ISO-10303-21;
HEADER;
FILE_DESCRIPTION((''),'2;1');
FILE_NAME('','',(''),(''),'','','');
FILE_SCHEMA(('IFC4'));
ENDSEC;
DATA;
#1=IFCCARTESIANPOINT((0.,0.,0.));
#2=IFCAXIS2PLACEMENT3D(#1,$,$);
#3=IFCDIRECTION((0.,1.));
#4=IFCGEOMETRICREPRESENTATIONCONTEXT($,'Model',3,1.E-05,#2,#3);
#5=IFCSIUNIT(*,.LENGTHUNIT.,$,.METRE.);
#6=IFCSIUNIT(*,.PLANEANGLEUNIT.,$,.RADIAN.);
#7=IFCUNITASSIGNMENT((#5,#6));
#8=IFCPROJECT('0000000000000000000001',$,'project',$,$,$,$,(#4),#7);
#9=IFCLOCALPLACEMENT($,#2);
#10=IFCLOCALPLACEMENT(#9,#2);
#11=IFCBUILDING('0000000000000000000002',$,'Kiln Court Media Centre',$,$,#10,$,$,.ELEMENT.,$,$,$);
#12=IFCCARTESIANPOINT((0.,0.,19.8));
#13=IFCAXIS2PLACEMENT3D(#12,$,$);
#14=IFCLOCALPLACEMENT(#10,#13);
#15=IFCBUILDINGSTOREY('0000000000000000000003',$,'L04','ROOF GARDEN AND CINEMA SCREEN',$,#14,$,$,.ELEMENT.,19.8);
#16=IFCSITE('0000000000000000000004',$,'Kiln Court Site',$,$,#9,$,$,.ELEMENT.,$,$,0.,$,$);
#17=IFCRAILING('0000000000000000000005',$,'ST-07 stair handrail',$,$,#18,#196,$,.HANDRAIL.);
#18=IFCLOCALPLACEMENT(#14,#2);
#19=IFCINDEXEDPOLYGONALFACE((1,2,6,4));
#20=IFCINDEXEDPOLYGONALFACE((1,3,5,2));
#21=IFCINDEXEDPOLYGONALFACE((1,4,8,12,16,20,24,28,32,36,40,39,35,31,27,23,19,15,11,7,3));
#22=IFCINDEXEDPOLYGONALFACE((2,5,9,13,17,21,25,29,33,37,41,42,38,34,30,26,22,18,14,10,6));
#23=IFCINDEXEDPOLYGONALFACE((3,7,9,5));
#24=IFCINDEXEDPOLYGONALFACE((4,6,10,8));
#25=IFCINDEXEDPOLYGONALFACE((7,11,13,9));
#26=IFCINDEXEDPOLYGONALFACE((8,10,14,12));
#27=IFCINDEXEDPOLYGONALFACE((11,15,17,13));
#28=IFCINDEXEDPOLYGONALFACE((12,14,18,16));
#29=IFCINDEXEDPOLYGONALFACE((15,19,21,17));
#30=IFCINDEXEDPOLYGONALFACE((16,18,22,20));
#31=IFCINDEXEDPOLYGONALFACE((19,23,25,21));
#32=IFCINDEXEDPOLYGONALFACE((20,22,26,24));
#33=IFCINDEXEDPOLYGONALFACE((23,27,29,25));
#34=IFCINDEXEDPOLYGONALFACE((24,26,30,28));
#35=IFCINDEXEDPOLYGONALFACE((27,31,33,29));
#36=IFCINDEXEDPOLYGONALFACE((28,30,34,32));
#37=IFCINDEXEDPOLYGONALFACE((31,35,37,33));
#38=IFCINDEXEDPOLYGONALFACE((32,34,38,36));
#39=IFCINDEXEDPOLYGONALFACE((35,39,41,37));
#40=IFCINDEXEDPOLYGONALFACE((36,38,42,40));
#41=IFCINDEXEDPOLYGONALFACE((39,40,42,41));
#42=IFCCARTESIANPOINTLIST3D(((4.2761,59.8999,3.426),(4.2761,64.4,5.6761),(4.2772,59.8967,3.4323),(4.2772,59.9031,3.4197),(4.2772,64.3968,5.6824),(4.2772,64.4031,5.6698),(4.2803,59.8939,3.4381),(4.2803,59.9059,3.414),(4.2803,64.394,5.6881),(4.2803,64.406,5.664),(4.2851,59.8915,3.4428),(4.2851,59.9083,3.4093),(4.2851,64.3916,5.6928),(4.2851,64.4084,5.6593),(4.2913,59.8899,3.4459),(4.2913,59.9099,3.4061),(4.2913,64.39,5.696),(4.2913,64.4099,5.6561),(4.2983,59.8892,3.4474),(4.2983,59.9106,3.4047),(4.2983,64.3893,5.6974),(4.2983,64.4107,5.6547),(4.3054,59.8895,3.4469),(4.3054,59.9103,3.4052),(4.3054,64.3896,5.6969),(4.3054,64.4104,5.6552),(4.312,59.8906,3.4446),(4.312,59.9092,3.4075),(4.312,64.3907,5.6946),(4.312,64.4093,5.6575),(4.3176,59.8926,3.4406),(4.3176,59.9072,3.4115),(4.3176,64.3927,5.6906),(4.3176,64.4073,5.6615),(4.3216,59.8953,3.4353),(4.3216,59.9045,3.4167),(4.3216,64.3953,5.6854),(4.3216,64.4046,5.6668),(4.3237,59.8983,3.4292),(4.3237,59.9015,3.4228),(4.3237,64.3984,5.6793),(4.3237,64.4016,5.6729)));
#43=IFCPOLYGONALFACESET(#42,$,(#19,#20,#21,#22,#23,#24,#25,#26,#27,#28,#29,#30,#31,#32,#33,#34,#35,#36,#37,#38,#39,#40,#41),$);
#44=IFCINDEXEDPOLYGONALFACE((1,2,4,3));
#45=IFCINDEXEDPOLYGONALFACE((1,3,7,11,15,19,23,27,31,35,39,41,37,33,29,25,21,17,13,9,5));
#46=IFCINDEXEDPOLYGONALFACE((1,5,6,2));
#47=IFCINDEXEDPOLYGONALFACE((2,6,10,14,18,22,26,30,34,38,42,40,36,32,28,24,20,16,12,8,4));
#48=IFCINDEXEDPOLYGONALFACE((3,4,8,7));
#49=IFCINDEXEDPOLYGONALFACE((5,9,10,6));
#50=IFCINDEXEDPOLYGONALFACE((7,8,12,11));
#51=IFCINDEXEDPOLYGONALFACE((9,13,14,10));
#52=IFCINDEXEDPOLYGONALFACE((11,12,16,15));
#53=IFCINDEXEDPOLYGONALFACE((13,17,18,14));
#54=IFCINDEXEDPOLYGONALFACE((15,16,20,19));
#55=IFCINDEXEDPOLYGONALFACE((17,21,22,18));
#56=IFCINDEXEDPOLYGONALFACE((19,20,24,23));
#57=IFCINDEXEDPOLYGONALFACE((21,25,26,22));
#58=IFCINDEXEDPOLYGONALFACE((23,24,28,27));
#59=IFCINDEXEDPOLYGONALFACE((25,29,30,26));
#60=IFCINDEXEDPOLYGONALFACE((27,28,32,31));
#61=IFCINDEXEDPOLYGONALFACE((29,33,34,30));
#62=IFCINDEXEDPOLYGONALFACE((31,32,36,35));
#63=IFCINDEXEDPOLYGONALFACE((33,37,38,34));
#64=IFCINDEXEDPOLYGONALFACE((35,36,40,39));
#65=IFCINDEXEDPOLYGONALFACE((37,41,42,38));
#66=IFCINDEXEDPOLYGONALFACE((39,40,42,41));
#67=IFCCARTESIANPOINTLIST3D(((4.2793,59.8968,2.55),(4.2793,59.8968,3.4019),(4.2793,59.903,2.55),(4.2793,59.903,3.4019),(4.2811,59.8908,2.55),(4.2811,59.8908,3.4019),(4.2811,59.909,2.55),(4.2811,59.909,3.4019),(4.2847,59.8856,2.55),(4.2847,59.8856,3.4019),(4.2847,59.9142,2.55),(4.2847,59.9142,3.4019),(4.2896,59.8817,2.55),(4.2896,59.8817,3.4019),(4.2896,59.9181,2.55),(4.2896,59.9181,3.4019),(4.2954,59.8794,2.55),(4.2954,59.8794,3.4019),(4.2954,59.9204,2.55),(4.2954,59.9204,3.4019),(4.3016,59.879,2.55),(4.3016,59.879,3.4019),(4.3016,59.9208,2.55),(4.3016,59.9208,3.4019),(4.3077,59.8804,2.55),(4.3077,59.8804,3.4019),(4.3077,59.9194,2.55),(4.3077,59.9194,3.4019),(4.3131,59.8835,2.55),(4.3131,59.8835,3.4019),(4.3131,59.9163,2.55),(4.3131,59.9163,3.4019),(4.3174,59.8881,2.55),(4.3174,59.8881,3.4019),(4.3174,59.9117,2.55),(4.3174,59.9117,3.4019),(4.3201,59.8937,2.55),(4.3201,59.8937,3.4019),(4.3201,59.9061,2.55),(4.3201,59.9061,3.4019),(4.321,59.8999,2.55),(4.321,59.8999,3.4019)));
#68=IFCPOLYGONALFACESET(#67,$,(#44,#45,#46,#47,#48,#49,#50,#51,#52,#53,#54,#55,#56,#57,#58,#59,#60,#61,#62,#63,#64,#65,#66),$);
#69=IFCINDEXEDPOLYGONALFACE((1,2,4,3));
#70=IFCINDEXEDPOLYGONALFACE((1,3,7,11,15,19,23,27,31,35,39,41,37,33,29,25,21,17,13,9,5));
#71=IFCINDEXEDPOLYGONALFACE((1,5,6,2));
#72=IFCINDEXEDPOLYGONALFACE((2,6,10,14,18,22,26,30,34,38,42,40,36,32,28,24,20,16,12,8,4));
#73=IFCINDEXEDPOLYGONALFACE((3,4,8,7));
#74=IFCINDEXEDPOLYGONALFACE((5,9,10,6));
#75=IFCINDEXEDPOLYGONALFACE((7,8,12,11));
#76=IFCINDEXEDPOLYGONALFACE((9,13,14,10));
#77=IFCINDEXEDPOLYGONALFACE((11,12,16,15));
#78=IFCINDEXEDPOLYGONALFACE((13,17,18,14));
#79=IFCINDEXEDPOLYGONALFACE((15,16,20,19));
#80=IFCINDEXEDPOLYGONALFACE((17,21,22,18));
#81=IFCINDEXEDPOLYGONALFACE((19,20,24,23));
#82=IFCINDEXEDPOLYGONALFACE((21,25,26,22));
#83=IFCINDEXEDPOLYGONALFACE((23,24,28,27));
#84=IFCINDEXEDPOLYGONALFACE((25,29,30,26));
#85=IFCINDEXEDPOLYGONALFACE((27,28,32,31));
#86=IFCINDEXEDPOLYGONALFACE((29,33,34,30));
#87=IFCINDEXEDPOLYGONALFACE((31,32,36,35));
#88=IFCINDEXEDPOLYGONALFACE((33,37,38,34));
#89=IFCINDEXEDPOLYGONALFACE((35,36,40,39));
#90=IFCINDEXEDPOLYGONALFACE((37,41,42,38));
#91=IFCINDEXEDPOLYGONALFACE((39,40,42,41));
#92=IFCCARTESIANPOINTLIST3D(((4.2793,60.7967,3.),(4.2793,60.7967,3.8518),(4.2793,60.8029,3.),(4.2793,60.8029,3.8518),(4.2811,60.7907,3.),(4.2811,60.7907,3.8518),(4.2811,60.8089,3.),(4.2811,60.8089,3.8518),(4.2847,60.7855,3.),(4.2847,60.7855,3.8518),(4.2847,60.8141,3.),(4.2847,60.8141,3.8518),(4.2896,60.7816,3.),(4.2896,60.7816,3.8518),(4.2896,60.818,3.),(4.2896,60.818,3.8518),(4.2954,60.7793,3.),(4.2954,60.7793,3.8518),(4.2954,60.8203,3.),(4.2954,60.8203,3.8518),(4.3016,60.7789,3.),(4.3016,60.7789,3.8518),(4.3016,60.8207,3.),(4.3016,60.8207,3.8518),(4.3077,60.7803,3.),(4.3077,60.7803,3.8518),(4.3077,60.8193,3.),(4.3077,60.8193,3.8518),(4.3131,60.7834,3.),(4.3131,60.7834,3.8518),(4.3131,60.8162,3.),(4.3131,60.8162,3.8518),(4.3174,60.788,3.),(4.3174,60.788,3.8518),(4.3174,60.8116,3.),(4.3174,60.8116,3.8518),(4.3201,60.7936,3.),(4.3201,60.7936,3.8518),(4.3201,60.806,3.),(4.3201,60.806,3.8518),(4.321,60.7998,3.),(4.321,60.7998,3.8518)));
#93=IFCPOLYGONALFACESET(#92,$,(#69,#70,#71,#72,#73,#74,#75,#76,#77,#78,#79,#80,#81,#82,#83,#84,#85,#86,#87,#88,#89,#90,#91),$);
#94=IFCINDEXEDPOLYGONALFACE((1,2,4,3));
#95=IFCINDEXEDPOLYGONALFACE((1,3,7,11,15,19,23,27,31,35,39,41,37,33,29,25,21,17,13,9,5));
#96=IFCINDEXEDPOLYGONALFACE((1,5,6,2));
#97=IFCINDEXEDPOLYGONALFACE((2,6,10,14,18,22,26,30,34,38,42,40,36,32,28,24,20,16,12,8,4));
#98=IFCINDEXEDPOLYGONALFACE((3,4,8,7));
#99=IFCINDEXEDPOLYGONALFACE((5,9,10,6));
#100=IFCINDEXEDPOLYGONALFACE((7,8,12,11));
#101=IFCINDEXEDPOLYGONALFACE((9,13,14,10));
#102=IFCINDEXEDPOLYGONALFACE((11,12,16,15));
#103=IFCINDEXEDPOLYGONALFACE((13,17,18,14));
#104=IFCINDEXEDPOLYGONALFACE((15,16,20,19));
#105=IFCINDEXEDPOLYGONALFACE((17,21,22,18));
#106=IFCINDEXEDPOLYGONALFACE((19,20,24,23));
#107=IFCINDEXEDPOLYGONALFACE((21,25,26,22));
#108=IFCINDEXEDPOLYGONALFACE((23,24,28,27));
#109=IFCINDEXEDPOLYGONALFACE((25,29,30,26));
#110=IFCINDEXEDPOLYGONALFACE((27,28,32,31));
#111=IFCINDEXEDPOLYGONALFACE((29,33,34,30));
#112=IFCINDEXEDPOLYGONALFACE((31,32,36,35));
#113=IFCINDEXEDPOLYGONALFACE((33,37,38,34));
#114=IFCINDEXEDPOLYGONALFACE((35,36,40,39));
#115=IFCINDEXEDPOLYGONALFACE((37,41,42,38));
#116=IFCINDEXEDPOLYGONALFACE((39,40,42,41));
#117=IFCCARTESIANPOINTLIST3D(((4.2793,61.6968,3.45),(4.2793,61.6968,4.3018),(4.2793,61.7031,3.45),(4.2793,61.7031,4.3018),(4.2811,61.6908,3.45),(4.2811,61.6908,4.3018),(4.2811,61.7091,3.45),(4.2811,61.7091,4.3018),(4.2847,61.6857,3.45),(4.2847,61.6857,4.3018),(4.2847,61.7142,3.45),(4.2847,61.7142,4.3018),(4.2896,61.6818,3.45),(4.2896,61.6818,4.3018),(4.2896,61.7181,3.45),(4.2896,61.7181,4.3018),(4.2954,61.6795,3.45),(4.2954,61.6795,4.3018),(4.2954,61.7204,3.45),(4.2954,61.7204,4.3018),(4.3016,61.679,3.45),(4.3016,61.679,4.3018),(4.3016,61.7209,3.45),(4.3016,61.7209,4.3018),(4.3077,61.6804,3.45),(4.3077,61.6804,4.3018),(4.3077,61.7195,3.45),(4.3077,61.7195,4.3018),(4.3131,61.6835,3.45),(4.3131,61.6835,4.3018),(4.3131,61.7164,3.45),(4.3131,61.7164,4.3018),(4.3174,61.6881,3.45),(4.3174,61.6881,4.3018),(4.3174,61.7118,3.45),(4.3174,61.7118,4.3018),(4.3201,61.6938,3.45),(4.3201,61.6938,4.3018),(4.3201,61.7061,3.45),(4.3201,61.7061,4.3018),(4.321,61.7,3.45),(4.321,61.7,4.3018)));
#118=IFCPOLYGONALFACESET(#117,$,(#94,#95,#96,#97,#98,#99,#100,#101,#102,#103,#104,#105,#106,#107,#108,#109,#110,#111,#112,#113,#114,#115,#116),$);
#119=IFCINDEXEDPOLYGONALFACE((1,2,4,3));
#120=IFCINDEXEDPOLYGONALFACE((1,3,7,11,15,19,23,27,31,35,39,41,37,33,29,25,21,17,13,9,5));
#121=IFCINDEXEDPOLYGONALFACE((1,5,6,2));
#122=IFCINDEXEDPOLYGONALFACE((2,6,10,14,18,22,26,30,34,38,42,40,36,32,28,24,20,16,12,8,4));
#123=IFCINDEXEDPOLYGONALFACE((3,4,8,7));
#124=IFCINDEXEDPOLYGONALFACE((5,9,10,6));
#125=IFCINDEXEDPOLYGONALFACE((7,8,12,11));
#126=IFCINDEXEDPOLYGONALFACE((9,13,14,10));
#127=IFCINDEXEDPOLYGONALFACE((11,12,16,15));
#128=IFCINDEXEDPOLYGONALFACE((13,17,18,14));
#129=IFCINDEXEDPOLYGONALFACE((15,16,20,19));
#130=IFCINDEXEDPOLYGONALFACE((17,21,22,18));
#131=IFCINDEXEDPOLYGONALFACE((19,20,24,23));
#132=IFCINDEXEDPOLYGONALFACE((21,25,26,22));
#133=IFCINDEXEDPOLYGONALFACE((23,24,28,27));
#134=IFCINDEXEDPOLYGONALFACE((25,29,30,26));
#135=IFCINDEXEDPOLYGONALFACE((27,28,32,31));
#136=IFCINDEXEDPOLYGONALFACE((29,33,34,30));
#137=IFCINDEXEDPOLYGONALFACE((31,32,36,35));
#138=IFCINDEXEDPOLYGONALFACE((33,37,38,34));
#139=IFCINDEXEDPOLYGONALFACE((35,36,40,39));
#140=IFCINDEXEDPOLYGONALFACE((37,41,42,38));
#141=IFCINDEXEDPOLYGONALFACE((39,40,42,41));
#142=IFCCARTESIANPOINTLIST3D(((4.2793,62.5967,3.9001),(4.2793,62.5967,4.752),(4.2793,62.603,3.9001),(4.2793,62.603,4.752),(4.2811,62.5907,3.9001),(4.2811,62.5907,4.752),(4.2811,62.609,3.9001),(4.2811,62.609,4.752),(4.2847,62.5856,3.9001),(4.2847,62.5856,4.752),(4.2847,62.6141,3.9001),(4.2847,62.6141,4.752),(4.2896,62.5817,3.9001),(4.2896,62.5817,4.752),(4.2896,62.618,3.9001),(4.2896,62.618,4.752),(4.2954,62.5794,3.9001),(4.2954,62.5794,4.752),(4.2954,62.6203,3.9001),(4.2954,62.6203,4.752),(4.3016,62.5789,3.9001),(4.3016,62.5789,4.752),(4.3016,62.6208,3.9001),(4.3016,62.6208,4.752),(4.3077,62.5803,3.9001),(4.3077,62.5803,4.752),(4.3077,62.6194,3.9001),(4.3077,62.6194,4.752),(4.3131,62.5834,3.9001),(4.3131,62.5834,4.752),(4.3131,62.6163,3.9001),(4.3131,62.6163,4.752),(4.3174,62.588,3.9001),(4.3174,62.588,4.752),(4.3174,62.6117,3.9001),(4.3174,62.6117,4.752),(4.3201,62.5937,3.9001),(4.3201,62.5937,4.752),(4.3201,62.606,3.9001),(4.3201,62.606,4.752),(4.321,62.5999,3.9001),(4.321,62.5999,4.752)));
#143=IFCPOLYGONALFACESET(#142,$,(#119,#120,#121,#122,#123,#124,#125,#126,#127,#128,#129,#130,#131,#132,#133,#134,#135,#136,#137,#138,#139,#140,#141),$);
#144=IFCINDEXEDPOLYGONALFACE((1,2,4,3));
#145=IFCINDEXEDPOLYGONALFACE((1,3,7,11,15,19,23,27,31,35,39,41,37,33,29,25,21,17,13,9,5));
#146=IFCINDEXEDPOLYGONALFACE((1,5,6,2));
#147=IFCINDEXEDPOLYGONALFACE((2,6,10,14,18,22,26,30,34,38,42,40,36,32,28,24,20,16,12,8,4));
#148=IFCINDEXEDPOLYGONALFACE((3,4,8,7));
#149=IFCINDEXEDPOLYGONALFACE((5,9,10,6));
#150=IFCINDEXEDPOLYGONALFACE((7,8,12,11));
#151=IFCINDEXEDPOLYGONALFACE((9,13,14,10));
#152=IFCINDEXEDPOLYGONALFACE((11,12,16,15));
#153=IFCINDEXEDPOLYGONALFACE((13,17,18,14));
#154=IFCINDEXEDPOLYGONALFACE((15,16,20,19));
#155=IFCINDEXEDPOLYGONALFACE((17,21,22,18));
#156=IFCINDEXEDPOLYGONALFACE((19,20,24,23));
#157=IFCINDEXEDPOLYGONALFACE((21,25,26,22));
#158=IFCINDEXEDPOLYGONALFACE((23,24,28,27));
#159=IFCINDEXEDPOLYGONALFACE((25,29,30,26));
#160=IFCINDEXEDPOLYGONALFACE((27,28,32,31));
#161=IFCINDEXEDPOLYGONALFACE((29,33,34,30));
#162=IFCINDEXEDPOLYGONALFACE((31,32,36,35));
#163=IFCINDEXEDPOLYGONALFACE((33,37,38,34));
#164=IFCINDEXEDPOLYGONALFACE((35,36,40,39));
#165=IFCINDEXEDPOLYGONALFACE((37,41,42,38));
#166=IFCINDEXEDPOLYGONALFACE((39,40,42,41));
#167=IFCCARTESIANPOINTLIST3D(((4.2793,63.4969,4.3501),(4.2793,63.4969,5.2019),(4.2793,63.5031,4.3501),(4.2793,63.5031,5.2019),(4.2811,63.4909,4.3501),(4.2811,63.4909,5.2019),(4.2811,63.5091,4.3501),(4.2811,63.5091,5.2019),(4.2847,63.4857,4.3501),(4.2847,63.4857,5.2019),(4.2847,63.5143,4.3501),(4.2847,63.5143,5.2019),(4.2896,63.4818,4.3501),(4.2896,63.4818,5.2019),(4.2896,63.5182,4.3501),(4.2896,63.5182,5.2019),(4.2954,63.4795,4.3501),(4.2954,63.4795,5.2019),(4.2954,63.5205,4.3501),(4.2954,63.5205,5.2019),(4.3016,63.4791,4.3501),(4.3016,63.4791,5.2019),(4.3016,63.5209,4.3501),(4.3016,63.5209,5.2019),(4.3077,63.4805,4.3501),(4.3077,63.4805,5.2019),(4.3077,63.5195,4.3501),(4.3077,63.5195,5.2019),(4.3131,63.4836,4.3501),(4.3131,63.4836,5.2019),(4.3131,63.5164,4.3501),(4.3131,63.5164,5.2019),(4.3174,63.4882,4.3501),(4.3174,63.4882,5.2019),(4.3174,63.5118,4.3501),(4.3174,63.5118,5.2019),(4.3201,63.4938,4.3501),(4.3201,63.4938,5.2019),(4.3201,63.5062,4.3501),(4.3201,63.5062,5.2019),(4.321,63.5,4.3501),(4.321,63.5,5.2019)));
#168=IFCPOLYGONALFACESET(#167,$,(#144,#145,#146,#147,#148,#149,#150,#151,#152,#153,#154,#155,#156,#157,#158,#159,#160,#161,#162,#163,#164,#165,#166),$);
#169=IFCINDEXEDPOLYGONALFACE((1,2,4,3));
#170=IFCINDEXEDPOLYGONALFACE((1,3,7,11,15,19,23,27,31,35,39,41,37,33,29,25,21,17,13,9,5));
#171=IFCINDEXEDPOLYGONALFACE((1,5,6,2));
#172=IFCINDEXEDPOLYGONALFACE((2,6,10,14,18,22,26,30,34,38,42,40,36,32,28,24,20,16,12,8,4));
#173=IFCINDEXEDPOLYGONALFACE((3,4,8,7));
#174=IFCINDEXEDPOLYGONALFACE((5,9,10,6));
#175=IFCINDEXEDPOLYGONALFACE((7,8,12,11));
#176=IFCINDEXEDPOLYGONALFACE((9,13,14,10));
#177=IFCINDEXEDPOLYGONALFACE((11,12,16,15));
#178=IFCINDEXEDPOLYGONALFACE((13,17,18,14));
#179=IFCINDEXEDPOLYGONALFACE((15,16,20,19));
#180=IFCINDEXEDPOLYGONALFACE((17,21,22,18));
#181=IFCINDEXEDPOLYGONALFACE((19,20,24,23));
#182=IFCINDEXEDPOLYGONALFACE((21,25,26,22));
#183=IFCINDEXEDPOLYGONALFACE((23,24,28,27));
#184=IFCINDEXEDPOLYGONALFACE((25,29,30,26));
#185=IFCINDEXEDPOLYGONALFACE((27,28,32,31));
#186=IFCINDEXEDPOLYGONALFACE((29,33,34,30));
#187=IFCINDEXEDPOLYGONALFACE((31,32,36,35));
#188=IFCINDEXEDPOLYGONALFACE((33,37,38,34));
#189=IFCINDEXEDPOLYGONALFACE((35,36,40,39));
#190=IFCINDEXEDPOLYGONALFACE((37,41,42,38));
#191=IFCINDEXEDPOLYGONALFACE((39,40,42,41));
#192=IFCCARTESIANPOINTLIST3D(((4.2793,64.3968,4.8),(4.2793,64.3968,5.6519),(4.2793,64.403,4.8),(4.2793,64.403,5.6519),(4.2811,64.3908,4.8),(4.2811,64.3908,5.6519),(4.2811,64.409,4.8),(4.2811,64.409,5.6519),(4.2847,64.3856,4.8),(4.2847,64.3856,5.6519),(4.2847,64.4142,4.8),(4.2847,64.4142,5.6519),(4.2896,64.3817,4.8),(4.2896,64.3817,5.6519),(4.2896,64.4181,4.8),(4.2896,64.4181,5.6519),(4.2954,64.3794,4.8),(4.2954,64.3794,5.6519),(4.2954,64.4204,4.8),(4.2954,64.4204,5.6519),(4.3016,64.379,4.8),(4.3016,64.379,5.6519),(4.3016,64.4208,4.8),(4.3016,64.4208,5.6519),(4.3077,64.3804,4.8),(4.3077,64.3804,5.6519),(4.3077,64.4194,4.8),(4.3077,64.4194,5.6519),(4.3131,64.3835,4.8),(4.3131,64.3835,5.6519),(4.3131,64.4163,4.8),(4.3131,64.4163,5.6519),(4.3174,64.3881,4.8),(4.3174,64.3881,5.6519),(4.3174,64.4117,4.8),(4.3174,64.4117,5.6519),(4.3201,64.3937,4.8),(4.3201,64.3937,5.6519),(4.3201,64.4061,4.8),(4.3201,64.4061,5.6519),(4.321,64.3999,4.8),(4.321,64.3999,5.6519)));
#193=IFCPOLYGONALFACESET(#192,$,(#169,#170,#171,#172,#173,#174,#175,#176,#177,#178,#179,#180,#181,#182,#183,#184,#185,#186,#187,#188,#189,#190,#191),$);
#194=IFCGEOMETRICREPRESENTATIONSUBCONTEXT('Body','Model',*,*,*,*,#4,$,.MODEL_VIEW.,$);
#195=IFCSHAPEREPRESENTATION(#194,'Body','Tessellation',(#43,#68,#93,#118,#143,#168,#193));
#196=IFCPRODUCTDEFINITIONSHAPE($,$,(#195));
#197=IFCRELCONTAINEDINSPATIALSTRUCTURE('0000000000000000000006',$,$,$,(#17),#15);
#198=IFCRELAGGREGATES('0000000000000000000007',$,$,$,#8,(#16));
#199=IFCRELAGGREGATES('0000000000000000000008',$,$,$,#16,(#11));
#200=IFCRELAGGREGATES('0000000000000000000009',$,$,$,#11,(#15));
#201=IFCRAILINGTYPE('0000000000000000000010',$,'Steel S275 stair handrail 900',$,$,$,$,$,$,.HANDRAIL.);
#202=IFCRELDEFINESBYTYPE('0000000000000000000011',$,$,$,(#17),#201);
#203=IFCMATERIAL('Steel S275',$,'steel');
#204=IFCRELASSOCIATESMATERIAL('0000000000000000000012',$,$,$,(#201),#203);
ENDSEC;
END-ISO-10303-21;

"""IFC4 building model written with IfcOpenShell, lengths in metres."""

from ifc_helpers import new_model, si_unit, direction, frame, origin, origin_2d, place, context, subcontext, project, spatial, circle, extrude, material, type_object, element, save


model = new_model("IFC4")

# Units and contexts
model_context = context("Model", 3, precision=1e-05, world=origin(), true_north=direction((0.0, 1.0)))
body_context = subcontext(model_context, "Body", "Model", "MODEL_VIEW")
ifc_project = project(units=[si_unit("LENGTHUNIT", "METRE"), si_unit("PLANEANGLEUNIT", "RADIAN")], contexts=[model_context])

# Site, building, storey
site_placement = place(None, origin())
site = spatial("IfcSite", under=ifc_project, at=site_placement, Name="Kiln Court Site", CompositionType="ELEMENT", RefElevation=0.0)
building_placement = place(site_placement, origin())
building = spatial("IfcBuilding", under=site, at=building_placement, Name="Kiln Court Media Centre", CompositionType="ELEMENT")
storey_placement = place(building_placement, frame((0.0, 0.0, 19.8)))
storey = spatial("IfcBuildingStorey", under=building, at=storey_placement, Name="L04", Description="ROOF GARDEN AND CINEMA SCREEN", CompositionType="ELEMENT", Elevation=19.8)

# Railing
ifc_material_1 = material(Name="Steel S275", Category="steel")
railing_type_1 = type_object("IfcRailingType", Name="Steel S275 stair handrail 900", PredefinedType="HANDRAIL", material=ifc_material_1)
railing_1_placement = place(storey_placement, frame((4.3, 59.8999, 2.55)))
element("IfcRailing", 1, at=railing_1_placement, inside=storey, type_object=railing_type_1, Name="ST-07 stair handrail", PredefinedType="HANDRAIL", context=body_context, shape_type="SweptSolid", body=[
    extrude(circle(Radius=0.0239, at=origin_2d()), frame((0.0, 0.0, 0.876), z_axis=(0.0, 0.894427, 0.447214), x_axis=(-1.0, 0.0, 0.0)), (0.0, 0.0, 1.0), 5.0312),
    extrude(circle(Radius=0.021, at=origin_2d()), origin(), (0.0, 0.0, 1.0), 0.8518),
    extrude(circle(Radius=0.021, at=origin_2d()), frame((0.0, 0.8999, 0.45)), (0.0, 0.0, 1.0), 0.8518),
    extrude(circle(Radius=0.021, at=origin_2d()), frame((0.0, 1.8, 0.8999)), (0.0, 0.0, 1.0), 0.8518),
    extrude(circle(Radius=0.021, at=origin_2d()), frame((0.0, 2.7, 1.3501)), (0.0, 0.0, 1.0), 0.8518),
    extrude(circle(Radius=0.021, at=origin_2d()), frame((0.0, 3.6001, 1.8)), (0.0, 0.0, 1.0), 0.8518),
    extrude(circle(Radius=0.021, at=origin_2d()), frame((0.0, 4.5, 2.25)), (0.0, 0.0, 1.0), 0.8518),
])

save(model, "model.ifc")
